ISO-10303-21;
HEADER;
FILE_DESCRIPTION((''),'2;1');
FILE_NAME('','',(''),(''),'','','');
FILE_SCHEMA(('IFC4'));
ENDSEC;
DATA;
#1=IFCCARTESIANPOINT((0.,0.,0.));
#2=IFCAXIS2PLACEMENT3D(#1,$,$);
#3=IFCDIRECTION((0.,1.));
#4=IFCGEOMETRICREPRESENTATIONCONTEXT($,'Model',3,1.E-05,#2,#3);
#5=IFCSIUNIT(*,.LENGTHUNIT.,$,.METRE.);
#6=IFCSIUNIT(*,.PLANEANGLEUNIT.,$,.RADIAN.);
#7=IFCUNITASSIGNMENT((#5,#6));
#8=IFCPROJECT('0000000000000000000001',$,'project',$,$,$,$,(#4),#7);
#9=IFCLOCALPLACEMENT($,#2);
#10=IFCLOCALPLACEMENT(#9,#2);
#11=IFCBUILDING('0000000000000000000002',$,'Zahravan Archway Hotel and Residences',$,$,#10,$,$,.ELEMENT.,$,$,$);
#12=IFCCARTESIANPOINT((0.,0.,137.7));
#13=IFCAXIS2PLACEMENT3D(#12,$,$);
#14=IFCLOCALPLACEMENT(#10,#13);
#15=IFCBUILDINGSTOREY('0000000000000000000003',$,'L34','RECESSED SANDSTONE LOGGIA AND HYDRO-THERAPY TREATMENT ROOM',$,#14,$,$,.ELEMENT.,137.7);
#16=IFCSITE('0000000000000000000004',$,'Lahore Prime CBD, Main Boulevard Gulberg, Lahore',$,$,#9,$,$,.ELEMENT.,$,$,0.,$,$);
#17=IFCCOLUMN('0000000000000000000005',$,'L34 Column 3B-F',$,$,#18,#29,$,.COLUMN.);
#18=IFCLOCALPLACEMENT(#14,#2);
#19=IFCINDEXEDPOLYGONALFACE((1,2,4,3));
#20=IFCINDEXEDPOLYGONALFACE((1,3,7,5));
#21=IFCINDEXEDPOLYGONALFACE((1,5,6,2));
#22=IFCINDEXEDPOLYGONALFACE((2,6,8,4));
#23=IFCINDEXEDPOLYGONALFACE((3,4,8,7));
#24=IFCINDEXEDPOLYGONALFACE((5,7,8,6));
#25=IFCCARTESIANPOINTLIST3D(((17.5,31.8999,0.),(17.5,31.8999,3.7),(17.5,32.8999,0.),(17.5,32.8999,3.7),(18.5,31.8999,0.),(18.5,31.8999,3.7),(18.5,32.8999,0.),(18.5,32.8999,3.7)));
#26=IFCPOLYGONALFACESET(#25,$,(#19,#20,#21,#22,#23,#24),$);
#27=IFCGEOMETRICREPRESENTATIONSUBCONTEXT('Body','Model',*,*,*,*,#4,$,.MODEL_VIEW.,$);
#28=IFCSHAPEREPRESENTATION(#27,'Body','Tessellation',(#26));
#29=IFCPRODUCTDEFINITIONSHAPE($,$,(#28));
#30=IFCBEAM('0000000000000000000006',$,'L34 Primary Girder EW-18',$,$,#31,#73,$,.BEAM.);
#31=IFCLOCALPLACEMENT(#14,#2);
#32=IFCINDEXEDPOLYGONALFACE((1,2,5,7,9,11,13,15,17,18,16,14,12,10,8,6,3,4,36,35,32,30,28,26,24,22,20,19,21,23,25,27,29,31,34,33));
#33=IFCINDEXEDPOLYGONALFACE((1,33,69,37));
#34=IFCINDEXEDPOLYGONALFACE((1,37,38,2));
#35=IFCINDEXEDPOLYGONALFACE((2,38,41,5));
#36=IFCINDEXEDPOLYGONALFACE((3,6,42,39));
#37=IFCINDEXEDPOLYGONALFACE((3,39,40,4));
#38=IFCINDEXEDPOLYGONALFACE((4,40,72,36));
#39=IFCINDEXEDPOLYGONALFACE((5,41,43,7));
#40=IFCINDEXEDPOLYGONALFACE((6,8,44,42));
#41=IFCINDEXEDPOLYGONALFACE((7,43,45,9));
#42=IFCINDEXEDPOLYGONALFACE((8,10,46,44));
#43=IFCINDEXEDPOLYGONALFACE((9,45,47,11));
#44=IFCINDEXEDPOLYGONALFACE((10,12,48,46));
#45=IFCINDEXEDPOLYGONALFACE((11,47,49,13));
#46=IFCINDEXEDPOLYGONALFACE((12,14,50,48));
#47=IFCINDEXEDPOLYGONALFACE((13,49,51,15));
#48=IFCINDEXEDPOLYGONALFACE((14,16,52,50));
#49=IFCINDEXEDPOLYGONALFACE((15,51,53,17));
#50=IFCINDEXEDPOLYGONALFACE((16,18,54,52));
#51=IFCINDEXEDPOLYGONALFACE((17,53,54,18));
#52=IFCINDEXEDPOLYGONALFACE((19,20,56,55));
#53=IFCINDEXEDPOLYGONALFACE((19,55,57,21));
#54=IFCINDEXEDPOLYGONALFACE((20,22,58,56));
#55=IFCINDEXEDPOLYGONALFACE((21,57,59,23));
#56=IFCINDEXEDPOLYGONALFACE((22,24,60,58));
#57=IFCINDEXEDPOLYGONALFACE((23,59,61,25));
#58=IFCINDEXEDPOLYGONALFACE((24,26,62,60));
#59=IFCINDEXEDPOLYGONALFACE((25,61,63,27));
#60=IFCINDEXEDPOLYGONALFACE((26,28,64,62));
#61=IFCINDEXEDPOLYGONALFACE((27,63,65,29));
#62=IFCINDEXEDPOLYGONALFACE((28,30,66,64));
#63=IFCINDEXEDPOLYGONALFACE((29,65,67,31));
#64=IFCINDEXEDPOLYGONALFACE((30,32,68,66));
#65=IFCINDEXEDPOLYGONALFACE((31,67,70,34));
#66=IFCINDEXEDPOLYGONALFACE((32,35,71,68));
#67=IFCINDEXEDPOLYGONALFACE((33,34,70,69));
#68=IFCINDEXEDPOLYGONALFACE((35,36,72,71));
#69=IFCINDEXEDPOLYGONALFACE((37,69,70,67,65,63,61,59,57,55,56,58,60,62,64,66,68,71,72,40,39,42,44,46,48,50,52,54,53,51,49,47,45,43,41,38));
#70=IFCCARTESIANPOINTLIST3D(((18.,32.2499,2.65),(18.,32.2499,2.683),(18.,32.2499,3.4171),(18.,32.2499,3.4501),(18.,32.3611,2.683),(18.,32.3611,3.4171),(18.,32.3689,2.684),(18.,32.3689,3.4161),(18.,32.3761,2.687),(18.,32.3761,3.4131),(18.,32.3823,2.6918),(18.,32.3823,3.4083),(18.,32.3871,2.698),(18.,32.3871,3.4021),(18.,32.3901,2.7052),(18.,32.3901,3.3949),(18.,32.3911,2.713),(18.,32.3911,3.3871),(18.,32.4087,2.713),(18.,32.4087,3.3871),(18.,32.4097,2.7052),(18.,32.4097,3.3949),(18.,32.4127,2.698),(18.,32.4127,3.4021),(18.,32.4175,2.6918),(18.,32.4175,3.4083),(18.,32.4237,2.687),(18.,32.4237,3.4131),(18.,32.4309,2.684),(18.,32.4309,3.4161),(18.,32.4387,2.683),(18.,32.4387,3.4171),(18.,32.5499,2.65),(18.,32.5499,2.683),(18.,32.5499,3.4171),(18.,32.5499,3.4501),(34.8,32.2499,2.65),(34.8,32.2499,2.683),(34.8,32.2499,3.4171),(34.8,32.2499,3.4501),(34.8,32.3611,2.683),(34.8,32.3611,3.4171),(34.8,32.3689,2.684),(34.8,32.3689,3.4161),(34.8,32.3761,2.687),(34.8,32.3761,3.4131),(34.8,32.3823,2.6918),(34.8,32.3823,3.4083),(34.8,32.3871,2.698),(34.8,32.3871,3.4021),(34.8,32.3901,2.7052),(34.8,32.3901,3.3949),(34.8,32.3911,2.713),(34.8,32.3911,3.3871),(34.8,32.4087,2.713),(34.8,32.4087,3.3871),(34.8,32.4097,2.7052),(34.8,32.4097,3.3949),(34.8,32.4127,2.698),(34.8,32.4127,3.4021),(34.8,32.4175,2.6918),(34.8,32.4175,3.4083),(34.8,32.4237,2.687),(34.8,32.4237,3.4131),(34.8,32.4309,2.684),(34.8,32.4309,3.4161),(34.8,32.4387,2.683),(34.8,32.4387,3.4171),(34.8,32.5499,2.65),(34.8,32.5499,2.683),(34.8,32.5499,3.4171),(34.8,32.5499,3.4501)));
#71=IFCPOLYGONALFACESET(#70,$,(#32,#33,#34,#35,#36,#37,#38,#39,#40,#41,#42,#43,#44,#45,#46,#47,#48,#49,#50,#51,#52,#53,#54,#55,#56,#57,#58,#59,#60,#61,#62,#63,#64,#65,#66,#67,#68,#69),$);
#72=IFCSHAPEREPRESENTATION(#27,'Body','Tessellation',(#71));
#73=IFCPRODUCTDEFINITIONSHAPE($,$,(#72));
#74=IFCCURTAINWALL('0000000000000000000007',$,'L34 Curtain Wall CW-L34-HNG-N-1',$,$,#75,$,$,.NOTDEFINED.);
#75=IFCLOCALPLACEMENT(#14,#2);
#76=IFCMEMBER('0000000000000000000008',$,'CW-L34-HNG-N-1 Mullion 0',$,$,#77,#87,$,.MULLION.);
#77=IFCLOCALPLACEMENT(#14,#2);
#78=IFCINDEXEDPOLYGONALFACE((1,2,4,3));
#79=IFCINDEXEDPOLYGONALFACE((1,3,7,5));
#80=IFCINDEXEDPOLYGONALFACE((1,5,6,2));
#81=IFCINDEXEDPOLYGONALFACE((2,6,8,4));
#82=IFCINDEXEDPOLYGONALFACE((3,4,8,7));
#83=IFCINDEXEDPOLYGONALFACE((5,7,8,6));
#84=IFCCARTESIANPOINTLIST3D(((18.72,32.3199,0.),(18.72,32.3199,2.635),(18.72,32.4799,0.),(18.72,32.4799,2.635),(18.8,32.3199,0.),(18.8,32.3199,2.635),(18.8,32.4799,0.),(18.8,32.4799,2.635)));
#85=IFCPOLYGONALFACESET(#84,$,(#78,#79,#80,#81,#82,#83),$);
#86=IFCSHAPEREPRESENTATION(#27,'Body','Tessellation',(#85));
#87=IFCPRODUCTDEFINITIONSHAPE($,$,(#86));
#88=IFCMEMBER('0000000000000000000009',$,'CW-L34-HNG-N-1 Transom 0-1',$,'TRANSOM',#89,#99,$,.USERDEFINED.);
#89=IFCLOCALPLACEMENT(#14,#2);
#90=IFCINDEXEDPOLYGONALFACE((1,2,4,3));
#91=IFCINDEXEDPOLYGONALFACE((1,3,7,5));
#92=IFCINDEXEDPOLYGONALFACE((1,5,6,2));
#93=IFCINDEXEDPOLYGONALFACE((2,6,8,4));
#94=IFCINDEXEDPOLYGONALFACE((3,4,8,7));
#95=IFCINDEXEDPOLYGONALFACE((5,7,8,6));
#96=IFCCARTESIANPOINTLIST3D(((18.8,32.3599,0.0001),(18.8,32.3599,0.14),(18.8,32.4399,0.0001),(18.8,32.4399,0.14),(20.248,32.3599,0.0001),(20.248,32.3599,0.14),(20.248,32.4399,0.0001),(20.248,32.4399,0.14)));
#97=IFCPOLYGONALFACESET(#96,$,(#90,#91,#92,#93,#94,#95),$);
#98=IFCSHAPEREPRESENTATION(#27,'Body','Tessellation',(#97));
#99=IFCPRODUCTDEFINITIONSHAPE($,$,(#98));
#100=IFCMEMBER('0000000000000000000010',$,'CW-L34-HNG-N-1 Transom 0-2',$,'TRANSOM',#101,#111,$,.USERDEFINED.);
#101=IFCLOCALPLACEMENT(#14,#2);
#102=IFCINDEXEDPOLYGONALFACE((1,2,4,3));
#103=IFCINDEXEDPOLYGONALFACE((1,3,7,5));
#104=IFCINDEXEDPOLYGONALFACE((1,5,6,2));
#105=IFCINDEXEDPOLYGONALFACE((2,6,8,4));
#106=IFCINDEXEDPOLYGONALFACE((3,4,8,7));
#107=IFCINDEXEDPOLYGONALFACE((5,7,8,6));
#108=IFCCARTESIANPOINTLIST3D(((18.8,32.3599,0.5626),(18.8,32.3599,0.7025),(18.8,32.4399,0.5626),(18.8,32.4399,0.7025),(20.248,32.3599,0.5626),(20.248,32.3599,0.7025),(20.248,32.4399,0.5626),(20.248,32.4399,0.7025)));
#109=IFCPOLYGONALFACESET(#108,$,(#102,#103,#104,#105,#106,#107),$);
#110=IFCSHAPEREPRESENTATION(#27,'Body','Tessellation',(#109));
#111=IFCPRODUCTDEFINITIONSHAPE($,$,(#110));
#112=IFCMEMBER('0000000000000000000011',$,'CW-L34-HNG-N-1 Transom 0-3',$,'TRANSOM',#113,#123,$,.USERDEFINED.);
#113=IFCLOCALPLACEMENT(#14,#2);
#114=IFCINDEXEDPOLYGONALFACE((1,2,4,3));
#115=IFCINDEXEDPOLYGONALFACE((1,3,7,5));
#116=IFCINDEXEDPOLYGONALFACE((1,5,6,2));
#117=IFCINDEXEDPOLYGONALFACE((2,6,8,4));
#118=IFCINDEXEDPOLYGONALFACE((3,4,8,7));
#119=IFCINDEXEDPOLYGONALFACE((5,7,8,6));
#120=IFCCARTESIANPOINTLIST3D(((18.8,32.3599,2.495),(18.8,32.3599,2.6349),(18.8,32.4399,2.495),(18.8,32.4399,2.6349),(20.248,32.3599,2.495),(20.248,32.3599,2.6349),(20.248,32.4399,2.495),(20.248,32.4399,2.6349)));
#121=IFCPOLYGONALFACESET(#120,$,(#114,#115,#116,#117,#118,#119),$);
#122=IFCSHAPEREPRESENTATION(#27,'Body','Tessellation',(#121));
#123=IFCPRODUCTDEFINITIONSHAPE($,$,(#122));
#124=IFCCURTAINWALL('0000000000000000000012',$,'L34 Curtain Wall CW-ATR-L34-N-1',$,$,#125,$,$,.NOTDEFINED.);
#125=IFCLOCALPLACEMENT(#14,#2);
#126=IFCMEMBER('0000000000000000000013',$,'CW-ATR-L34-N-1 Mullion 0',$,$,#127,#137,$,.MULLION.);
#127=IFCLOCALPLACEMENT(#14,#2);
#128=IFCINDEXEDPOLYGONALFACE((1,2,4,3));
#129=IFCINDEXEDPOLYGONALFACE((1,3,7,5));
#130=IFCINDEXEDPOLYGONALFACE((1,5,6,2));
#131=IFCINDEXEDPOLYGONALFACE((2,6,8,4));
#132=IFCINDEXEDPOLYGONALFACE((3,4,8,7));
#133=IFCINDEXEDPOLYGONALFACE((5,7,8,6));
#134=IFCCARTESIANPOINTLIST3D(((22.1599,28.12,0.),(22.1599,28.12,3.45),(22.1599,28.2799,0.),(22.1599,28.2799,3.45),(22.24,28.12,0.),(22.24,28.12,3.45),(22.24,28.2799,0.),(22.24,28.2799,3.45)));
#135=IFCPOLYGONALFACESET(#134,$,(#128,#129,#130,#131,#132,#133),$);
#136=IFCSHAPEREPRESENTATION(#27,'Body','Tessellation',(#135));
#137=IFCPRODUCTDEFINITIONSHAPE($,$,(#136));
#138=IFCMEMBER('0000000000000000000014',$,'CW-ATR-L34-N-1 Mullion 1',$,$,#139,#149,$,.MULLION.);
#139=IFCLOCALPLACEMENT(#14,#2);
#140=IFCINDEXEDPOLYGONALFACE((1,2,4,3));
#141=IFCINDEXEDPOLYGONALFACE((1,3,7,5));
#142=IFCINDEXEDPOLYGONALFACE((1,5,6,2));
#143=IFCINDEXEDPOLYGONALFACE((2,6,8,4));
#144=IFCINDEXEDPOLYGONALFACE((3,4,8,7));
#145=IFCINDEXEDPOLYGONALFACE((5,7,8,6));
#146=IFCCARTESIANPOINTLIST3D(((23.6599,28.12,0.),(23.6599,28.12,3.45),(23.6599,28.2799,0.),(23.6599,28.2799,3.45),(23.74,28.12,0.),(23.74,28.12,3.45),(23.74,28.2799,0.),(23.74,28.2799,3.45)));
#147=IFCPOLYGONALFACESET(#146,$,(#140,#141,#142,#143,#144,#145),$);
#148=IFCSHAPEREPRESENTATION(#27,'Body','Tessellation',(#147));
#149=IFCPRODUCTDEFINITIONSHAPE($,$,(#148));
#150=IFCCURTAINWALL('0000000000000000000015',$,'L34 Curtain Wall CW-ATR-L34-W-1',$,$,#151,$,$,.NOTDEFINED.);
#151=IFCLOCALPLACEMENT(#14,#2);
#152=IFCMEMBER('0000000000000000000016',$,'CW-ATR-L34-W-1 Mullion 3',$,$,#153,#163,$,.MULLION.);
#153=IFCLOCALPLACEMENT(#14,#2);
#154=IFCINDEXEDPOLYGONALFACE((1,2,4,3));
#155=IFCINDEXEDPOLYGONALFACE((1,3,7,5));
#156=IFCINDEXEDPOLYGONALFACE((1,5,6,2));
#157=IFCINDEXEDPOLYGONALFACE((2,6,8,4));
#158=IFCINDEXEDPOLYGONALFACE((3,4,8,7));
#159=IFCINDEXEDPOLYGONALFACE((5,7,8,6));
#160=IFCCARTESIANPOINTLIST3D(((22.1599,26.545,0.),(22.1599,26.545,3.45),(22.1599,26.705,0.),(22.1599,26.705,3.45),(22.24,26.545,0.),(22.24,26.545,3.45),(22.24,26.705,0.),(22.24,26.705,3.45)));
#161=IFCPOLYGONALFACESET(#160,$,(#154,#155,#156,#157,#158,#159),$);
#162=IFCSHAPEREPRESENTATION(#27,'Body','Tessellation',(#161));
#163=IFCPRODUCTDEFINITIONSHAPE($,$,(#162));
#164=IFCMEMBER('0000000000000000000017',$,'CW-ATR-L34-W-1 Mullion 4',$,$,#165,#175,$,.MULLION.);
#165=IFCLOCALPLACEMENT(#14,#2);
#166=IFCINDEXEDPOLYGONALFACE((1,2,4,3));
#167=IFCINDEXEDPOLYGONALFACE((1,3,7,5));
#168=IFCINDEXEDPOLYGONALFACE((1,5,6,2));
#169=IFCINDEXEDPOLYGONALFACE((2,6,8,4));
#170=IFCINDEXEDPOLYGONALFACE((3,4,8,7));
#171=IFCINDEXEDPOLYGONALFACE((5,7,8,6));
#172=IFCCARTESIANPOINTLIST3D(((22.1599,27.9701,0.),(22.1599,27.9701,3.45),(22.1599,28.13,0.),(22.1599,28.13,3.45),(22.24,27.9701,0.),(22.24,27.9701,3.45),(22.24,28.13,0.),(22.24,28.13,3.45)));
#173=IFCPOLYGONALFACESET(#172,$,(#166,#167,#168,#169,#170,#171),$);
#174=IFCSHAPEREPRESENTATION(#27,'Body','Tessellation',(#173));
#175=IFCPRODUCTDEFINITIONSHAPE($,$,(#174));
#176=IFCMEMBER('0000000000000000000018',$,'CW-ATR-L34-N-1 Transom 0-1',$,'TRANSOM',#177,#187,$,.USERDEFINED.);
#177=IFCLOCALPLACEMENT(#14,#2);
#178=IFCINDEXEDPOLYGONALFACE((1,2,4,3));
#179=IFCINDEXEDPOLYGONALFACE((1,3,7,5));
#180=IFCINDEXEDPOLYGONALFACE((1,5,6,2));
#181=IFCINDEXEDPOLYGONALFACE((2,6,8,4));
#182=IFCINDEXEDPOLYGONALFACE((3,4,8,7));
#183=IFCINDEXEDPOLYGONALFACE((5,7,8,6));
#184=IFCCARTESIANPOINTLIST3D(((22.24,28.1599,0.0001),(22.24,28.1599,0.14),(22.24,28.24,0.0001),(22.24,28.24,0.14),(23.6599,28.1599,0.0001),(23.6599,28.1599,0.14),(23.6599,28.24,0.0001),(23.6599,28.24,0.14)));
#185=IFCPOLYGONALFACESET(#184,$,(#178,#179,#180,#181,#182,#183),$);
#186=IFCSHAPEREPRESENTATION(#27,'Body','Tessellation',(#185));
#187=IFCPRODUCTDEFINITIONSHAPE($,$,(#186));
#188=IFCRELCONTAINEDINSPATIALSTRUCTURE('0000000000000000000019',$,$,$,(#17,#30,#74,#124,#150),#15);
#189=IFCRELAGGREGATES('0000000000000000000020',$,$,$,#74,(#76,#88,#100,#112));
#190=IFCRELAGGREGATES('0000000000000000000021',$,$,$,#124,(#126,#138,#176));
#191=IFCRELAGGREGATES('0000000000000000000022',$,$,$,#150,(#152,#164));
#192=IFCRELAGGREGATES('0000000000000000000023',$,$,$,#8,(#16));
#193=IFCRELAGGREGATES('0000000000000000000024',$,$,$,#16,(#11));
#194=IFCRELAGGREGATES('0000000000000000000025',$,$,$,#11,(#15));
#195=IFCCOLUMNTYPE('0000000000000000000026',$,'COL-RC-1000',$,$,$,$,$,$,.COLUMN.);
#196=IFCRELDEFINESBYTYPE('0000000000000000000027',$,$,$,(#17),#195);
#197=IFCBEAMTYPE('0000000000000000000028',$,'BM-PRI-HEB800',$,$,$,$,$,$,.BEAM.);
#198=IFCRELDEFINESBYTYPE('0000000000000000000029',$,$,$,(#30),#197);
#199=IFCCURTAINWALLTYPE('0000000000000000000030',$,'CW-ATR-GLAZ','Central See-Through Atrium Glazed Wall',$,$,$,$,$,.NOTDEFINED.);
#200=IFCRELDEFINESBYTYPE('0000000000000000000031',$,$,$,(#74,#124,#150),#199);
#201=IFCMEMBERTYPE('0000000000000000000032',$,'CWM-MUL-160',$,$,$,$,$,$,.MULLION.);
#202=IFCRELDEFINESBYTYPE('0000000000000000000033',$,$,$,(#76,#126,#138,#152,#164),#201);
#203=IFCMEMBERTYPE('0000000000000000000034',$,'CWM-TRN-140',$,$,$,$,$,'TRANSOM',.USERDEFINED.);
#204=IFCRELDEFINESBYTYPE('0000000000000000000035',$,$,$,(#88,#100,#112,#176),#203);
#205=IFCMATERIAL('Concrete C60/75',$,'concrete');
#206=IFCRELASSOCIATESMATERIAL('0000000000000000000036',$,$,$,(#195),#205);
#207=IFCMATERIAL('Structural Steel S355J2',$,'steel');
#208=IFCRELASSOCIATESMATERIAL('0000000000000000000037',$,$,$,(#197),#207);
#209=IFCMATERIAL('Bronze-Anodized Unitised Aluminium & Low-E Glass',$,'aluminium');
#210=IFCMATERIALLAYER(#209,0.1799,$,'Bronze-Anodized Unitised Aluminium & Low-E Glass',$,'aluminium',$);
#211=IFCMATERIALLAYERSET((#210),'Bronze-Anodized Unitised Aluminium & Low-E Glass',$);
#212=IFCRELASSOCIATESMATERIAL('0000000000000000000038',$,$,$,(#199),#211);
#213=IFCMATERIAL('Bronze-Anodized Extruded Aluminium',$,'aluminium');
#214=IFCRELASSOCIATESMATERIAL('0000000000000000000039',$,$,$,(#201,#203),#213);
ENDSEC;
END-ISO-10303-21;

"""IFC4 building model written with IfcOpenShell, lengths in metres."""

from ifc_helpers import new_model, si_unit, direction, frame, origin, origin_2d, place, context, subcontext, project, spatial, rectangle, i_section, extrude, source, transform, mapped, material, layer, layer_set, material_profile, profile_set, type_object, type_shapes, element, aggregate, save


model = new_model("IFC4")

# Units and contexts
model_context = context("Model", 3, precision=1e-05, world=origin(), true_north=direction((0.0, 1.0)))
body_context = subcontext(model_context, "Body", "Model", "MODEL_VIEW")
ifc_project = project(units=[si_unit("LENGTHUNIT", "METRE"), si_unit("PLANEANGLEUNIT", "RADIAN")], contexts=[model_context])

# Site, building, storey
site_placement = place(None, origin())
site = spatial("IfcSite", under=ifc_project, at=site_placement, Name="Lahore Prime CBD, Main Boulevard Gulberg, Lahore", CompositionType="ELEMENT", RefElevation=0.0)
building_placement = place(site_placement, origin())
building = spatial("IfcBuilding", under=site, at=building_placement, Name="Zahravan Archway Hotel and Residences", CompositionType="ELEMENT")
storey_placement = place(building_placement, frame((0.0, 0.0, 137.7)))
storey = spatial("IfcBuildingStorey", under=building, at=storey_placement, Name="L34", Description="RECESSED SANDSTONE LOGGIA AND HYDRO-THERAPY TREATMENT ROOM", CompositionType="ELEMENT", Elevation=137.7)

# Column
ifc_material_1 = material(Name="Concrete C60/75", Category="concrete")
ifc_material_profile_1 = material_profile(ifc_material_1, rectangle(XDim=1.0, YDim=1.0, at=origin_2d()), Name="RC-COL-1000x1000", Category="concrete")
ifc_profile_set_1 = profile_set([ifc_material_profile_1], Name="Concrete C60/75")
column_type = type_object("IfcColumnType", Name="COL-RC-1000", PredefinedType="COLUMN", material=ifc_profile_set_1)
shared_shape_1 = source(origin(), body_context, "Body", "SweptSolid", [
    extrude(rectangle(XDim=1.0, YDim=1.0, at=origin_2d()), origin(), (0.0, 0.0, 1.0), 3.7),
])
type_shapes(column_type, [shared_shape_1])
column_placement = place(storey_placement, frame((18.0, 32.3999, 0.0), z_axis=(0.0, 0.0, 1.0), x_axis=(1.0, 0.0, 0.0)))
element("IfcColumn", 1, at=column_placement, inside=storey, type_object=column_type, Name="L34 Column 3B-F", PredefinedType="COLUMN", context=body_context, shape_type="MappedRepresentation", body=[
    mapped(shared_shape_1, transform((0.0, 0.0, 0.0), scale=1.0)),
])

# Beam
ifc_material_2 = material(Name="Structural Steel S355J2", Category="steel")
ifc_material_profile_2 = material_profile(ifc_material_2, i_section(OverallWidth=0.3, OverallDepth=0.8, WebThickness=0.0176, FlangeThickness=0.033, FilletRadius=0.03, at=origin_2d()), Name="HEB 800", Category="steel")
ifc_profile_set_2 = profile_set([ifc_material_profile_2], Name="Structural Steel S355J2")
beam_type = type_object("IfcBeamType", Name="BM-PRI-HEB800", PredefinedType="BEAM", material=ifc_profile_set_2)
shared_shape_2 = source(origin(), body_context, "Body", "SweptSolid", [
    extrude(i_section(OverallWidth=0.3, OverallDepth=0.8, WebThickness=0.0176, FlangeThickness=0.033, FilletRadius=0.03, at=origin_2d()), origin(), (0.0, 0.0, 1.0), 16.8),
])
type_shapes(beam_type, [shared_shape_2])
beam_placement = place(storey_placement, frame((18.0, 32.3999, 3.05), z_axis=(1.0, 0.0, 0.0), x_axis=(0.0, 1.0, 0.0)))
element("IfcBeam", 2, at=beam_placement, inside=storey, type_object=beam_type, Name="L34 Primary Girder EW-18", PredefinedType="BEAM", context=body_context, shape_type="MappedRepresentation", body=[
    mapped(shared_shape_2, transform((0.0, 0.0, 0.0), scale=1.0)),
])

# Curtain walls, members
ifc_material_3 = material(Name="Bronze-Anodized Unitised Aluminium & Low-E Glass", Category="aluminium")
ifc_layer_1 = layer(ifc_material_3, 0.1799, Name="Bronze-Anodized Unitised Aluminium & Low-E Glass", Category="aluminium")
ifc_layer_set_1 = layer_set([ifc_layer_1], Name="Bronze-Anodized Unitised Aluminium & Low-E Glass")
curtain_wall_type = type_object("IfcCurtainWallType", Name="CW-ATR-GLAZ", Description="Central See-Through Atrium Glazed Wall", PredefinedType="NOTDEFINED", material=ifc_layer_set_1)
curtain_wall_1_placement = place(storey_placement, origin())
curtain_wall_1 = element("IfcCurtainWall", 3, at=curtain_wall_1_placement, inside=storey, type_object=curtain_wall_type, Name="L34 Curtain Wall CW-L34-HNG-N-1", PredefinedType="NOTDEFINED")
ifc_material_4 = material(Name="Bronze-Anodized Extruded Aluminium", Category="aluminium")
ifc_material_profile_3 = material_profile(ifc_material_4, rectangle(XDim=0.0801, YDim=0.1599, at=origin_2d()), Name="MUL 80x160", Category="aluminium")
ifc_profile_set_3 = profile_set([ifc_material_profile_3], Name="Bronze-Anodized Extruded Aluminium")
member_type_1 = type_object("IfcMemberType", Name="CWM-MUL-160", PredefinedType="MULLION", material=ifc_profile_set_3)
shared_shape_3 = source(origin(), body_context, "Body", "SweptSolid", [
    extrude(rectangle(XDim=0.0801, YDim=0.1599, at=origin_2d()), origin(), (0.0, 0.0, 1.0), 2.635),
])
member_1_placement = place(storey_placement, frame((18.76, 32.3999, 0.0), z_axis=(0.0, 0.0, 1.0), x_axis=(1.0, 0.0, 0.0)))
member_1 = element("IfcMember", 4, at=member_1_placement, type_object=member_type_1, Name="CW-L34-HNG-N-1 Mullion 0", PredefinedType="MULLION", context=body_context, shape_type="MappedRepresentation", body=[
    mapped(shared_shape_3, transform((0.0, 0.0, 0.0), scale=1.0)),
])
ifc_material_profile_4 = material_profile(ifc_material_4, rectangle(XDim=0.0801, YDim=0.1399, at=origin_2d()), Name="TRN 80x140", Category="aluminium")
ifc_profile_set_4 = profile_set([ifc_material_profile_4], Name="Bronze-Anodized Extruded Aluminium")
member_type_2 = type_object("IfcMemberType", Name="CWM-TRN-140", ElementType="TRANSOM", PredefinedType="USERDEFINED", material=ifc_profile_set_4)
shared_shape_4 = source(origin(), body_context, "Body", "SweptSolid", [
    extrude(rectangle(XDim=0.0801, YDim=0.1399, at=origin_2d()), origin(), (0.0, 0.0, 1.0), 1.448),
])
member_2_placement = place(storey_placement, frame((18.8, 32.3999, 0.0701), z_axis=(1.0, 0.0, 0.0), x_axis=(0.0, 1.0, 0.0)))
member_2 = element("IfcMember", 5, at=member_2_placement, type_object=member_type_2, Name="CW-L34-HNG-N-1 Transom 0-1", ObjectType="TRANSOM", PredefinedType="USERDEFINED", context=body_context, shape_type="MappedRepresentation", body=[
    mapped(shared_shape_4, transform((0.0, 0.0, 0.0), scale=1.0)),
])
member_3_placement = place(storey_placement, frame((18.8, 32.3999, 0.6326), z_axis=(1.0, 0.0, 0.0), x_axis=(0.0, 1.0, 0.0)))
member_3 = element("IfcMember", 6, at=member_3_placement, type_object=member_type_2, Name="CW-L34-HNG-N-1 Transom 0-2", ObjectType="TRANSOM", PredefinedType="USERDEFINED", context=body_context, shape_type="MappedRepresentation", body=[
    mapped(shared_shape_4, transform((0.0, 0.0, 0.0), scale=1.0)),
])
member_4_placement = place(storey_placement, frame((18.8, 32.3999, 2.5649), z_axis=(1.0, 0.0, 0.0), x_axis=(0.0, 1.0, 0.0)))
member_4 = element("IfcMember", 7, at=member_4_placement, type_object=member_type_2, Name="CW-L34-HNG-N-1 Transom 0-3", ObjectType="TRANSOM", PredefinedType="USERDEFINED", context=body_context, shape_type="MappedRepresentation", body=[
    mapped(shared_shape_4, transform((0.0, 0.0, 0.0), scale=1.0)),
])
aggregate(curtain_wall_1, [member_1, member_2, member_3, member_4])
curtain_wall_2_placement = place(storey_placement, origin())
curtain_wall_2 = element("IfcCurtainWall", 8, at=curtain_wall_2_placement, inside=storey, type_object=curtain_wall_type, Name="L34 Curtain Wall CW-ATR-L34-N-1", PredefinedType="NOTDEFINED")
shared_shape_5 = source(origin(), body_context, "Body", "SweptSolid", [
    extrude(rectangle(XDim=0.0801, YDim=0.1599, at=origin_2d()), origin(), (0.0, 0.0, 1.0), 3.45),
])
member_5_placement = place(storey_placement, frame((22.2, 28.2, 0.0), z_axis=(0.0, 0.0, 1.0), x_axis=(1.0, 0.0, 0.0)))
member_5 = element("IfcMember", 9, at=member_5_placement, type_object=member_type_1, Name="CW-ATR-L34-N-1 Mullion 0", PredefinedType="MULLION", context=body_context, shape_type="MappedRepresentation", body=[
    mapped(shared_shape_5, transform((0.0, 0.0, 0.0), scale=1.0)),
])
member_6_placement = place(storey_placement, frame((23.7, 28.2, 0.0), z_axis=(0.0, 0.0, 1.0), x_axis=(1.0, 0.0, 0.0)))
member_6 = element("IfcMember", 10, at=member_6_placement, type_object=member_type_1, Name="CW-ATR-L34-N-1 Mullion 1", PredefinedType="MULLION", context=body_context, shape_type="MappedRepresentation", body=[
    mapped(shared_shape_5, transform((0.0, 0.0, 0.0), scale=1.0)),
])
curtain_wall_3_placement = place(storey_placement, origin())
curtain_wall_3 = element("IfcCurtainWall", 11, at=curtain_wall_3_placement, inside=storey, type_object=curtain_wall_type, Name="L34 Curtain Wall CW-ATR-L34-W-1", PredefinedType="NOTDEFINED")
member_7_placement = place(storey_placement, frame((22.2, 26.625, 0.0), z_axis=(0.0, 0.0, 1.0), x_axis=(1.0, 0.0, 0.0)))
member_7 = element("IfcMember", 12, at=member_7_placement, type_object=member_type_1, Name="CW-ATR-L34-W-1 Mullion 3", PredefinedType="MULLION", context=body_context, shape_type="MappedRepresentation", body=[
    mapped(shared_shape_5, transform((0.0, 0.0, 0.0), scale=1.0)),
])
member_8_placement = place(storey_placement, frame((22.2, 28.05, 0.0), z_axis=(0.0, 0.0, 1.0), x_axis=(1.0, 0.0, 0.0)))
member_8 = element("IfcMember", 13, at=member_8_placement, type_object=member_type_1, Name="CW-ATR-L34-W-1 Mullion 4", PredefinedType="MULLION", context=body_context, shape_type="MappedRepresentation", body=[
    mapped(shared_shape_5, transform((0.0, 0.0, 0.0), scale=1.0)),
])

# Member
shared_shape_6 = source(origin(), body_context, "Body", "SweptSolid", [
    extrude(rectangle(XDim=0.0801, YDim=0.1399, at=origin_2d()), origin(), (0.0, 0.0, 1.0), 1.4199),
])
member_9_placement = place(storey_placement, frame((22.24, 28.2, 0.0701), z_axis=(1.0, 0.0, 0.0), x_axis=(0.0, 1.0, 0.0)))
member_9 = element("IfcMember", 14, at=member_9_placement, type_object=member_type_2, Name="CW-ATR-L34-N-1 Transom 0-1", ObjectType="TRANSOM", PredefinedType="USERDEFINED", context=body_context, shape_type="MappedRepresentation", body=[
    mapped(shared_shape_6, transform((0.0, 0.0, 0.0), scale=1.0)),
])

aggregate(curtain_wall_2, [member_5, member_6, member_9])
aggregate(curtain_wall_3, [member_7, member_8])

save(model, "model.ifc")
